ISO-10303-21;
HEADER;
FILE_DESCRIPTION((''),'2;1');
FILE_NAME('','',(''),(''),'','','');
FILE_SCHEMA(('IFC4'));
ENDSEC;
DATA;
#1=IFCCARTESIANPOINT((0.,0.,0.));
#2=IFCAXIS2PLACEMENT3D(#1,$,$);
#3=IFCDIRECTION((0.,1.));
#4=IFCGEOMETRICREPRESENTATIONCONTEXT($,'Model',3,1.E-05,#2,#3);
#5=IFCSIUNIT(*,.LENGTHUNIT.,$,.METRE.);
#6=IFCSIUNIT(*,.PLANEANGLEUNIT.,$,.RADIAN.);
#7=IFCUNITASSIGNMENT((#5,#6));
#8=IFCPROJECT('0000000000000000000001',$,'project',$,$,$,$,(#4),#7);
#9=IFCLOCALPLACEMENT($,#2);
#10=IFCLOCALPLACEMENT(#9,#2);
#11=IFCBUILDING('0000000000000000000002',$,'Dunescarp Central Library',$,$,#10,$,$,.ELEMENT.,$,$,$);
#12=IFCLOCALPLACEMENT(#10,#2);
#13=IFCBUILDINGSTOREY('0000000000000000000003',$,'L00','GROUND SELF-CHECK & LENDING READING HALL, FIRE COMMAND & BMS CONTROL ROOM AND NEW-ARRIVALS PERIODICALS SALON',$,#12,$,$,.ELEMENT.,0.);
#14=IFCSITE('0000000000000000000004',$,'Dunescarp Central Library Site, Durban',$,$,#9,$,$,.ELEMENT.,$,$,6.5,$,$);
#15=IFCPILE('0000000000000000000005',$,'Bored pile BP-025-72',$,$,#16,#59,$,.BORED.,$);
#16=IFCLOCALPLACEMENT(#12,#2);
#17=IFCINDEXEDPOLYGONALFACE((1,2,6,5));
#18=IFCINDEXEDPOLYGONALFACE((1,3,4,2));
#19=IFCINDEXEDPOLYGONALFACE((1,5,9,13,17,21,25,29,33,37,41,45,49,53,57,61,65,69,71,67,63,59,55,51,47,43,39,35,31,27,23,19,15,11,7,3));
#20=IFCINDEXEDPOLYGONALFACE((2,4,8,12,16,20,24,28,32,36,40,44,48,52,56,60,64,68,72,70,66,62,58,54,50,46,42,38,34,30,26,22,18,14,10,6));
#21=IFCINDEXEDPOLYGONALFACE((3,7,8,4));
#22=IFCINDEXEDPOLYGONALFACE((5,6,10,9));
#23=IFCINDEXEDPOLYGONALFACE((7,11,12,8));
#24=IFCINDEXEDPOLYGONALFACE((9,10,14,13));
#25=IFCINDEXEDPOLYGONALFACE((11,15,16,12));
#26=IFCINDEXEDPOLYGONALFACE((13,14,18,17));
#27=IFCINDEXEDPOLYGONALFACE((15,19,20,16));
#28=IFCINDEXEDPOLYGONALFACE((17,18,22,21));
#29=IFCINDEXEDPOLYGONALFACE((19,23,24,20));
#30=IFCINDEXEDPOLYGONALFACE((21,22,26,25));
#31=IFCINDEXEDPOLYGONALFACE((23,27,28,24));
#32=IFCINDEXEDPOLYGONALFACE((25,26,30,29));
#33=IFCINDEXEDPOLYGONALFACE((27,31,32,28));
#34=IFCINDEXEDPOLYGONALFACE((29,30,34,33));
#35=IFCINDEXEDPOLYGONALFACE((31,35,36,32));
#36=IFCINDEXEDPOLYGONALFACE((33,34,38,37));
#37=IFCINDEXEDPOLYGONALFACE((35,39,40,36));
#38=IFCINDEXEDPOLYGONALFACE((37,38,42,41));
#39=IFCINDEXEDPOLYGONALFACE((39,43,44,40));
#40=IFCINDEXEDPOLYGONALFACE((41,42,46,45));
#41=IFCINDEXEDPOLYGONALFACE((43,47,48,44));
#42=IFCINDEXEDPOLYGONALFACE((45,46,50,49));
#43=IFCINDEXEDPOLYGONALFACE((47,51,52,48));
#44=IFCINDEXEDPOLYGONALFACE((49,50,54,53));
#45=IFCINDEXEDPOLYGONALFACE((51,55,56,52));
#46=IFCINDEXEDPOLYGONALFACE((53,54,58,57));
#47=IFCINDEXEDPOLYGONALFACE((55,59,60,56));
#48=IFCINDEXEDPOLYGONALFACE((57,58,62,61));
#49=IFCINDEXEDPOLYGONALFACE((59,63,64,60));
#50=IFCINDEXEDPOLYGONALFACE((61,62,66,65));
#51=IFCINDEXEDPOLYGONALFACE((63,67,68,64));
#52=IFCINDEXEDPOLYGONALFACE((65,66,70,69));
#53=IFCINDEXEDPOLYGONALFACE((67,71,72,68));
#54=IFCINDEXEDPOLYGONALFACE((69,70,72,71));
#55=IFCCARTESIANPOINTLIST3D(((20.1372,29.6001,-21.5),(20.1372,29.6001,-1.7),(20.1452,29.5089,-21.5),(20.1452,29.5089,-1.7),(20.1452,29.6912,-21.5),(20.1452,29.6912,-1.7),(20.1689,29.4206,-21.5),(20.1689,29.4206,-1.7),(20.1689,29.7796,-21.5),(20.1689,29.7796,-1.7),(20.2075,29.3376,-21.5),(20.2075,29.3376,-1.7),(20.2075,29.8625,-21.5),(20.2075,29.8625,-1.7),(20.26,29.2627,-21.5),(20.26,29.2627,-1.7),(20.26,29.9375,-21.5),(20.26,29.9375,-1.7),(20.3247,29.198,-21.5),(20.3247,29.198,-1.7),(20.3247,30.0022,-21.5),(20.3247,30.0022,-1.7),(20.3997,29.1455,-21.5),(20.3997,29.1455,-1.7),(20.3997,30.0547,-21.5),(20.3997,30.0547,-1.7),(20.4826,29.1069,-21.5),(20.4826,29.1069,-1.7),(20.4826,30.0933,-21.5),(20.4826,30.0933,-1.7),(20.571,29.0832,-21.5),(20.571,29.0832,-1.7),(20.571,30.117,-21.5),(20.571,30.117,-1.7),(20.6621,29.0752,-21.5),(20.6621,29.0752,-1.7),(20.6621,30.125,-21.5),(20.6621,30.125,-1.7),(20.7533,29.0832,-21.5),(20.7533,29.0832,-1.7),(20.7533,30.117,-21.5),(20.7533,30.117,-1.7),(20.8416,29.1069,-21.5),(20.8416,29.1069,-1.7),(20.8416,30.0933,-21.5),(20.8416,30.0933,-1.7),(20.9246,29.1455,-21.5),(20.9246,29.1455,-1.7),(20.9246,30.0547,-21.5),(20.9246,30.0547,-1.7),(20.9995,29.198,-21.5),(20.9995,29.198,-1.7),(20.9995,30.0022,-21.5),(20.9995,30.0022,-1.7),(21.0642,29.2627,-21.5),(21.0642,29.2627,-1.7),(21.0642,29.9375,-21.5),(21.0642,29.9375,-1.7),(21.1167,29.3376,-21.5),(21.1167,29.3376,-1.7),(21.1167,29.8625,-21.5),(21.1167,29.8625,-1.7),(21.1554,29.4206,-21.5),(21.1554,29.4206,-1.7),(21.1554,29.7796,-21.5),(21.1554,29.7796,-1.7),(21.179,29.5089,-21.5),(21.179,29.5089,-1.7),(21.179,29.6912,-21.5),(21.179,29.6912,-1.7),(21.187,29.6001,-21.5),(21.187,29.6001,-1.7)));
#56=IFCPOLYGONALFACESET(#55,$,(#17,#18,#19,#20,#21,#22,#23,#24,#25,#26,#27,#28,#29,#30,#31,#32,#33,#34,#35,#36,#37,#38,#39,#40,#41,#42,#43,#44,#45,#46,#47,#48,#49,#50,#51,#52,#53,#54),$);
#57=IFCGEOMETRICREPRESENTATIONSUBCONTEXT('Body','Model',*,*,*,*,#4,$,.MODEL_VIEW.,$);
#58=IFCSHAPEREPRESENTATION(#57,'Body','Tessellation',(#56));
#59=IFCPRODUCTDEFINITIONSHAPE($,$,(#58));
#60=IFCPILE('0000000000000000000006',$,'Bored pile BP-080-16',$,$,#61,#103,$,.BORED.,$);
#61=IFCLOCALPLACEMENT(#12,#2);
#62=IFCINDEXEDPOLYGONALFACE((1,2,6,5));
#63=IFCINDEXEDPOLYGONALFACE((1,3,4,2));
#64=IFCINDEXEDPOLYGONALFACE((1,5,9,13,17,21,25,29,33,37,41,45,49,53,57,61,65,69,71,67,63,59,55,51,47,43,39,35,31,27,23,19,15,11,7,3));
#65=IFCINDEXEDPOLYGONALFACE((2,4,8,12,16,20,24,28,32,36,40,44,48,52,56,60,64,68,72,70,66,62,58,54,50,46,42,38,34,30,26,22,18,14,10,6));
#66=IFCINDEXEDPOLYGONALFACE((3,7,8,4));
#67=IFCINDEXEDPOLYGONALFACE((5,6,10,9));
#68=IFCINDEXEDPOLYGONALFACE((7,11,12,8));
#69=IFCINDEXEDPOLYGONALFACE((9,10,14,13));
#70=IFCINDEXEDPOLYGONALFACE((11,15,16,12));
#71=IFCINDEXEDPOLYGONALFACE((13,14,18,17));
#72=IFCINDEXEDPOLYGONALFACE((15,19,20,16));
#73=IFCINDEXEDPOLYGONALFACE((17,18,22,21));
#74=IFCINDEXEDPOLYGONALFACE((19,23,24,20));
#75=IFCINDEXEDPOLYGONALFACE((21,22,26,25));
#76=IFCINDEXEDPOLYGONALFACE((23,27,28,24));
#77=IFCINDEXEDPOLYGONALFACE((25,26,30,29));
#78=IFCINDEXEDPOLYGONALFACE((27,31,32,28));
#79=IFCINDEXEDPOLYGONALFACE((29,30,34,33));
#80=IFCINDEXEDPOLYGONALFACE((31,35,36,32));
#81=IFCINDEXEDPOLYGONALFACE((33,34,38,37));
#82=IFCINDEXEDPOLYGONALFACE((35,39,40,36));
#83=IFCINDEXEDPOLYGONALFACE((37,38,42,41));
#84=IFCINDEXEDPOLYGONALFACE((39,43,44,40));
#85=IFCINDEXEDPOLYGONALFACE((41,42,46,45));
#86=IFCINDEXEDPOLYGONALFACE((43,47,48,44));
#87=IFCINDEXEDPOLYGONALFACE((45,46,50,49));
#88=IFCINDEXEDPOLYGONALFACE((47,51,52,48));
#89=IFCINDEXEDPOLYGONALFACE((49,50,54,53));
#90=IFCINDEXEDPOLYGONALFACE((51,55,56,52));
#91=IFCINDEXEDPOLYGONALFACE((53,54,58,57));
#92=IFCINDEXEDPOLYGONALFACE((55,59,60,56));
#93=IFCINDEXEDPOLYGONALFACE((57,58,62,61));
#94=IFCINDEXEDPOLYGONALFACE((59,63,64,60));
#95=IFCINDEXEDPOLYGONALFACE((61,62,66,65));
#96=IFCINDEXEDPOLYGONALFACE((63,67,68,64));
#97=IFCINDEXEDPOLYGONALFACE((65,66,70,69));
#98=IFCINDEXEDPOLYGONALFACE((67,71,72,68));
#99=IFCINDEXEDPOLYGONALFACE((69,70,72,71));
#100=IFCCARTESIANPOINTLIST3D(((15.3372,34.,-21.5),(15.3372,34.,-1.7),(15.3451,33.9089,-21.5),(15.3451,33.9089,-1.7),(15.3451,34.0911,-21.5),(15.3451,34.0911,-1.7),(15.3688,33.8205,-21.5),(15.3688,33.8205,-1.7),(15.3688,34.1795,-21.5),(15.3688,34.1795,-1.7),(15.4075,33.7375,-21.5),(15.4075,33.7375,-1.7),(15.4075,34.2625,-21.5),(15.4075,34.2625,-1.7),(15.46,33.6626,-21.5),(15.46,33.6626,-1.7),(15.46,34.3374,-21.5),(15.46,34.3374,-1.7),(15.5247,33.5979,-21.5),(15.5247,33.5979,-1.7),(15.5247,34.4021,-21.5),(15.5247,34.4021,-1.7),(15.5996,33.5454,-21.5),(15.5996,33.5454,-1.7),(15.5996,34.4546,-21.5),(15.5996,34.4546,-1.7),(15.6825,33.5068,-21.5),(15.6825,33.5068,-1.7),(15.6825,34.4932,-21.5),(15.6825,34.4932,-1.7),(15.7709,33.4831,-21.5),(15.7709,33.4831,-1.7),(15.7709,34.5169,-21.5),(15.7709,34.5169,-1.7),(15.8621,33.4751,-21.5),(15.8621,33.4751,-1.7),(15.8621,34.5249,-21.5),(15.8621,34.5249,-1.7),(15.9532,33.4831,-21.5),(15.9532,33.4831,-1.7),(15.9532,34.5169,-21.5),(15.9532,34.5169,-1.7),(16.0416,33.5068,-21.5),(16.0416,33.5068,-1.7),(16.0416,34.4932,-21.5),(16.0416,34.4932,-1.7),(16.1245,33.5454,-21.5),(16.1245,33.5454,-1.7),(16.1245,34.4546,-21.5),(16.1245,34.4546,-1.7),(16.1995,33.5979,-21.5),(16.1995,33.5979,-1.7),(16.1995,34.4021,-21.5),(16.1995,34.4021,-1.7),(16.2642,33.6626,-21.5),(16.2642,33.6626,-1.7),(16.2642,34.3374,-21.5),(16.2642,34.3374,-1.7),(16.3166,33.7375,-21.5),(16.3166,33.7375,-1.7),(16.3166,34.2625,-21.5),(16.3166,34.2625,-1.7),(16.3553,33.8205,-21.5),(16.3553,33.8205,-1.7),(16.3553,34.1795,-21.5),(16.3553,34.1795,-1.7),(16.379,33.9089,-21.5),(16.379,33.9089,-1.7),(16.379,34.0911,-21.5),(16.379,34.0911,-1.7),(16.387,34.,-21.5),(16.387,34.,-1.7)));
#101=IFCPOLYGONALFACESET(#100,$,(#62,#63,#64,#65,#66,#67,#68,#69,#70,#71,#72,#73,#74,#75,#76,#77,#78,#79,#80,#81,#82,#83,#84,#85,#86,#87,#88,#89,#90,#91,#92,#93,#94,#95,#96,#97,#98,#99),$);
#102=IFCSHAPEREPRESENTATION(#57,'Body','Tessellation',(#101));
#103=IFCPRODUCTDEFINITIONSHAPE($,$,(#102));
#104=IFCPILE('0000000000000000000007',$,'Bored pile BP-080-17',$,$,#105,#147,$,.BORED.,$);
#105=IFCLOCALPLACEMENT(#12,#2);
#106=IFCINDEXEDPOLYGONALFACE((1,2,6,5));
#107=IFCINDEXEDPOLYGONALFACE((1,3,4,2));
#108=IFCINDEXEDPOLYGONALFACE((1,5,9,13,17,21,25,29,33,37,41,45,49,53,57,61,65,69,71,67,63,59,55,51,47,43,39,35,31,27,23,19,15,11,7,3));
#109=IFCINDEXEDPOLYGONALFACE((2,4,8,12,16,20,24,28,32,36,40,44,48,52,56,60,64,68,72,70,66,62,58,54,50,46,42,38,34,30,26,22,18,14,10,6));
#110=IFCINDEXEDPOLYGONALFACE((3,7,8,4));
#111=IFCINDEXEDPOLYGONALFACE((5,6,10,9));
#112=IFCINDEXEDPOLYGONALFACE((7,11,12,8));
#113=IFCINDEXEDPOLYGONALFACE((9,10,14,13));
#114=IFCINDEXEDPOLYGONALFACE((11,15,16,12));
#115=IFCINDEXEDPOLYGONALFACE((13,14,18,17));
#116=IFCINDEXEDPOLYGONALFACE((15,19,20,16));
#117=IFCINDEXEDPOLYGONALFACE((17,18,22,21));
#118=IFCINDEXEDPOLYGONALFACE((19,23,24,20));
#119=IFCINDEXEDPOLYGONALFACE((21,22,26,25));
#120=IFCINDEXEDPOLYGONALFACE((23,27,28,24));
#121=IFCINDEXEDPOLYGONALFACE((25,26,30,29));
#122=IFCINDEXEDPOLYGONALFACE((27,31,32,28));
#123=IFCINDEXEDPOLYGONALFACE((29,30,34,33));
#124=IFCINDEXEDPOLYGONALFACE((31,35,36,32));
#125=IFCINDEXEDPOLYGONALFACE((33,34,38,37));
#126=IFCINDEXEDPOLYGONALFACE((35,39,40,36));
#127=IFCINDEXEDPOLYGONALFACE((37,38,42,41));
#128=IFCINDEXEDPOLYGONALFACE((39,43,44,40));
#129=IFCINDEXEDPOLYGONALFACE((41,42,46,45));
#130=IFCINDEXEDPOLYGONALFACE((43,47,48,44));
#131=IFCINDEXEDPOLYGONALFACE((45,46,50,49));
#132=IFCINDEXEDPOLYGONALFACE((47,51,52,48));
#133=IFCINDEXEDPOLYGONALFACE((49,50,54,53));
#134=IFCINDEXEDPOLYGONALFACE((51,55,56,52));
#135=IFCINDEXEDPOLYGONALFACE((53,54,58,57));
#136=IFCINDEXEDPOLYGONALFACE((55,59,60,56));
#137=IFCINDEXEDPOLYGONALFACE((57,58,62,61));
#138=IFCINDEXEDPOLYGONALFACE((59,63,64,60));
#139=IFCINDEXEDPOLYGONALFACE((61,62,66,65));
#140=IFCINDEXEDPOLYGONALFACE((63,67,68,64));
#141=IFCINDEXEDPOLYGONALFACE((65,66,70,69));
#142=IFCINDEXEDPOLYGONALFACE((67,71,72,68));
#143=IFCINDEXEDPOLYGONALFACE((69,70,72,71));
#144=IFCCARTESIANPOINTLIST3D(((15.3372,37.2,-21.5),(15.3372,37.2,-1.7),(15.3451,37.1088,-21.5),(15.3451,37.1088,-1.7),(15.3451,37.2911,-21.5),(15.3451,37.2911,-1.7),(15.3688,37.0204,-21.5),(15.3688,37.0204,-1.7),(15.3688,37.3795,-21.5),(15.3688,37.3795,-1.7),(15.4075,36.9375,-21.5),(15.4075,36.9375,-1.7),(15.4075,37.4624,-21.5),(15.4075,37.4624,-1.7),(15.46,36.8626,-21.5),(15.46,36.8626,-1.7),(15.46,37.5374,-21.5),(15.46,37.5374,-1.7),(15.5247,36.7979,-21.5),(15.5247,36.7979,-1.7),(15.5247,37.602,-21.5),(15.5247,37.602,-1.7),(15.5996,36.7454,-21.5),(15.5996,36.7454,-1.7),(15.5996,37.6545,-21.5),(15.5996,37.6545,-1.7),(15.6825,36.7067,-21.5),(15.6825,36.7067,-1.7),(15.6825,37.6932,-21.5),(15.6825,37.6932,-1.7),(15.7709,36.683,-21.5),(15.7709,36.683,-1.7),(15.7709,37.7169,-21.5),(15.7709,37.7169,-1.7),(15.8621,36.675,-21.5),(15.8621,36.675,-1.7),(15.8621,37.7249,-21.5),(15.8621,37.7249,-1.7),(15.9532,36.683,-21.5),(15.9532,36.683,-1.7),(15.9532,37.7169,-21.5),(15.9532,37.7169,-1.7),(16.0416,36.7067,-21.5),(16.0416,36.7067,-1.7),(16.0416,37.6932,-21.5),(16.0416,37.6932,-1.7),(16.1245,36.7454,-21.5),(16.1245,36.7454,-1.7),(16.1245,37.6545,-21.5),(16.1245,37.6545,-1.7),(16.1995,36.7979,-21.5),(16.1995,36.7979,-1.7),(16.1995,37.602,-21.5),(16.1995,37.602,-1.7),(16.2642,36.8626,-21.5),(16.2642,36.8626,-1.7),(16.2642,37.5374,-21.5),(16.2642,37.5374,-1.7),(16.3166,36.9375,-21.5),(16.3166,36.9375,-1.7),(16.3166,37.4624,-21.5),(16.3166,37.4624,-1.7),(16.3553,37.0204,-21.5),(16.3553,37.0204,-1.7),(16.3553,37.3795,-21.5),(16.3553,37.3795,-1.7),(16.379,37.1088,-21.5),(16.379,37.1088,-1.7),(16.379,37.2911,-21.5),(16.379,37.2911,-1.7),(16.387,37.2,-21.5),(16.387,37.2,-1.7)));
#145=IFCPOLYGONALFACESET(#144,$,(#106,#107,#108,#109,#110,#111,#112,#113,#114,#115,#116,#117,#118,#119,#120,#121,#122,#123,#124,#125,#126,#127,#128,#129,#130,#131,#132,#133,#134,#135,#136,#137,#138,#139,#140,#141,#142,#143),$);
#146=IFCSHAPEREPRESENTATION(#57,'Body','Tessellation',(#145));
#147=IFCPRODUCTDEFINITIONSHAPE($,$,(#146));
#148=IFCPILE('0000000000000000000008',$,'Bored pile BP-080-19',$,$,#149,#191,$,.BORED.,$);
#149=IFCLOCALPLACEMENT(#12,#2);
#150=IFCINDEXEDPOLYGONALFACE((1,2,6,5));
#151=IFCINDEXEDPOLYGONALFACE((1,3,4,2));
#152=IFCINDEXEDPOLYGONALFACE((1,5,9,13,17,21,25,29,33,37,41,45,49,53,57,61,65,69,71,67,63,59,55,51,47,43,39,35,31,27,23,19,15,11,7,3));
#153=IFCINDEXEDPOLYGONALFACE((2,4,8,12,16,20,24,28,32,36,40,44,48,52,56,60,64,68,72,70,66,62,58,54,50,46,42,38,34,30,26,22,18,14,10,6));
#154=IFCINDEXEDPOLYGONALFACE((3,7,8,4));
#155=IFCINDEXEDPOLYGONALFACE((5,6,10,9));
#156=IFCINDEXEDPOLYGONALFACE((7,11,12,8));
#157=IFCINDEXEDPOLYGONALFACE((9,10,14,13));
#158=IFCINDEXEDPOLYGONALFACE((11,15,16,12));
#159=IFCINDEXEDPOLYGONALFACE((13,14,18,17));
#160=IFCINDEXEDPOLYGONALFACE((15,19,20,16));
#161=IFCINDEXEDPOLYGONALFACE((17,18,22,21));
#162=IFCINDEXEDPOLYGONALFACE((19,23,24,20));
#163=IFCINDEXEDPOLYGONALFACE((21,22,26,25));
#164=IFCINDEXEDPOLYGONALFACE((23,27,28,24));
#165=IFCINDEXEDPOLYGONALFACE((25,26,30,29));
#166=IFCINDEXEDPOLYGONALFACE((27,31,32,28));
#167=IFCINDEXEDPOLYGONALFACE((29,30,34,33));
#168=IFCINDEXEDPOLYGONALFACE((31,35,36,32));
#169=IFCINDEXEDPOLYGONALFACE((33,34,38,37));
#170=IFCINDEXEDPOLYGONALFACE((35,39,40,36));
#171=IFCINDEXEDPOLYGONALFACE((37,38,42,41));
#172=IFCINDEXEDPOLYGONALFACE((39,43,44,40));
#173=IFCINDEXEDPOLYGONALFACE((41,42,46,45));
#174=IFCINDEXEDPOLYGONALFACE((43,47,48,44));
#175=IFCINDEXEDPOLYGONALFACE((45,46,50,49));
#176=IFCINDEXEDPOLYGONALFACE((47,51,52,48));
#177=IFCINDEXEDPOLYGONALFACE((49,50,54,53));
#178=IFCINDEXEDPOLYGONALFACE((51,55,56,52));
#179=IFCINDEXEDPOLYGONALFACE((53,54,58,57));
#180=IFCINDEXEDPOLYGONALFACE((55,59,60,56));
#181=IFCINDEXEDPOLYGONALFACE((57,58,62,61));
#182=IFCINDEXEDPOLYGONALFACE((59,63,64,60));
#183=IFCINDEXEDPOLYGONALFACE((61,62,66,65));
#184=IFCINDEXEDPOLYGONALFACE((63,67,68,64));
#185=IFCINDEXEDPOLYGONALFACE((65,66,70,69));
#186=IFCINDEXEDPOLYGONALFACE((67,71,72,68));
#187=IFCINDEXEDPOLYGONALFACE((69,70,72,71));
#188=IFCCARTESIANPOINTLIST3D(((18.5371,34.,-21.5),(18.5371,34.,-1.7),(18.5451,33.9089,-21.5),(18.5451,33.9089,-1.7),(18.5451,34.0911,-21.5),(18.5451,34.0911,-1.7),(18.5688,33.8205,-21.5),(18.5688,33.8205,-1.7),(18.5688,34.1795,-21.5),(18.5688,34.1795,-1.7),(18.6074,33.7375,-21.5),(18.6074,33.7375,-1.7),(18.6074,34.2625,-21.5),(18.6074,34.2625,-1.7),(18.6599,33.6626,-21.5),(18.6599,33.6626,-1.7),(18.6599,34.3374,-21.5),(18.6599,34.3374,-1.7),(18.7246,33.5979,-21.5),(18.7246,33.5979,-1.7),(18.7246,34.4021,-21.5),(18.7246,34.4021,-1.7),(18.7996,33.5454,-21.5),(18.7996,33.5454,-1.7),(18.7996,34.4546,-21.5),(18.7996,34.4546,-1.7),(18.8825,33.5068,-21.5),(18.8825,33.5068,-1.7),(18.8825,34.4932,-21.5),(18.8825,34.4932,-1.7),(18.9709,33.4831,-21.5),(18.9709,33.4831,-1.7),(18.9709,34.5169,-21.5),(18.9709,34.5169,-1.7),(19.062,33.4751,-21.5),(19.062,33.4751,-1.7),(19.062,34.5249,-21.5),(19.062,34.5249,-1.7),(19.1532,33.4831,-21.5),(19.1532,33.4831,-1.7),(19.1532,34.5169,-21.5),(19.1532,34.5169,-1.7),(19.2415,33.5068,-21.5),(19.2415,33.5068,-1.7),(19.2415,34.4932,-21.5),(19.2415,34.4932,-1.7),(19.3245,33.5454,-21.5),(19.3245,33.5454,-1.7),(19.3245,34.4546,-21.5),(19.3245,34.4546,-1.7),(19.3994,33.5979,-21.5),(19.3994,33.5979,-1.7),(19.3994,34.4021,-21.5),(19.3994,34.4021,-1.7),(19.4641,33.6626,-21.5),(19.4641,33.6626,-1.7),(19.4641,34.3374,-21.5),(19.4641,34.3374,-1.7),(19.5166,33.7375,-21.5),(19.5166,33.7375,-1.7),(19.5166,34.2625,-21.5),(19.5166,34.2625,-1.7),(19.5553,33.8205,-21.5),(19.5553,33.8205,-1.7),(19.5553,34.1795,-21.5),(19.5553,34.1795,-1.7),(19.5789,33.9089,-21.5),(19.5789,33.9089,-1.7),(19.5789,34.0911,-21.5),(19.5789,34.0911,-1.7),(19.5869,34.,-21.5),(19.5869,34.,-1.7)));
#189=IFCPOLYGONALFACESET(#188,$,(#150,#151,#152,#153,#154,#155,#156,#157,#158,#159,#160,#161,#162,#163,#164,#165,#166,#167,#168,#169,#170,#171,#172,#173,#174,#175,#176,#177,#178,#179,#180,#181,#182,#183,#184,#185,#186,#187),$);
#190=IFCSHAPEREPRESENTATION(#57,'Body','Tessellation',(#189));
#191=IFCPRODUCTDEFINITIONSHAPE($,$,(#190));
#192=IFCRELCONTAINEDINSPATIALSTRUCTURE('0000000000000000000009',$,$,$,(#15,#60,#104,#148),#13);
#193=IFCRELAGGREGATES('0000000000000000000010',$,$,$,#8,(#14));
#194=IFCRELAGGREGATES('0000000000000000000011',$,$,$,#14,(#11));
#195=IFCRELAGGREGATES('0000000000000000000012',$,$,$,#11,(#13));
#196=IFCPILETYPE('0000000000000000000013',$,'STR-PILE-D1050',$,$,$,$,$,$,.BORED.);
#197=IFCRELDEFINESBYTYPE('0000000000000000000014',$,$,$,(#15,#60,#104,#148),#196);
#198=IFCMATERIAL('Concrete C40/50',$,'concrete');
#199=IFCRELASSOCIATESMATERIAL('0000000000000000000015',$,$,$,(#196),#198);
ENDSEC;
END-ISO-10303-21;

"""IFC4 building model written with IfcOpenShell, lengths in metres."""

from ifc_helpers import new_model, si_unit, direction, frame, origin, origin_2d, place, context, subcontext, project, spatial, circle, extrude, material, material_profile, profile_set, type_object, element, save


model = new_model("IFC4")

# Units and contexts
model_context = context("Model", 3, precision=1e-05, world=origin(), true_north=direction((0.0, 1.0)))
body_context = subcontext(model_context, "Body", "Model", "MODEL_VIEW")
ifc_project = project(units=[si_unit("LENGTHUNIT", "METRE"), si_unit("PLANEANGLEUNIT", "RADIAN")], contexts=[model_context])

# Site, building, storey
site_placement = place(None, origin())
site = spatial("IfcSite", under=ifc_project, at=site_placement, Name="Dunescarp Central Library Site, Durban", CompositionType="ELEMENT", RefElevation=6.5)
building_placement = place(site_placement, origin())
building = spatial("IfcBuilding", under=site, at=building_placement, Name="Dunescarp Central Library", CompositionType="ELEMENT")
storey_placement = place(building_placement, origin())
storey = spatial("IfcBuildingStorey", under=building, at=storey_placement, Name="L00", Description="GROUND SELF-CHECK & LENDING READING HALL, FIRE COMMAND & BMS CONTROL ROOM AND NEW-ARRIVALS PERIODICALS SALON", CompositionType="ELEMENT", Elevation=0.0)

# Shared definitions
ifc_material_1 = material(Name="Concrete C40/50", Category="concrete")

# Piles
ifc_material_profile_1 = material_profile(ifc_material_1, circle(Radius=0.5249, at=origin_2d()), Name="PILE D1050")
ifc_profile_set_1 = profile_set([ifc_material_profile_1], Name="Concrete C40/50")
pile_type = type_object("IfcPileType", Name="STR-PILE-D1050", PredefinedType="BORED", material=ifc_profile_set_1)
for number, where, z_axis, x_axis, name in (
    (1, (20.6621, 29.6001, -1.7), (0.0, 0.0, -1.0), (1.0, 0.0, 0.0), "Bored pile BP-025-72"),
    (2, (15.8621, 34.0, -1.7), (0.0, 0.0, -1.0), (1.0, 0.0, 0.0), "Bored pile BP-080-16"),
    (3, (15.8621, 37.2, -1.7), (0.0, 0.0, -1.0), (1.0, 0.0, 0.0), "Bored pile BP-080-17"),
    (4, (19.062, 34.0, -1.7), (0.0, 0.0, -1.0), (1.0, 0.0, 0.0), "Bored pile BP-080-19"),
):
    element("IfcPile", number, at=place(storey_placement, frame(where, z_axis=z_axis, x_axis=x_axis)), inside=storey, type_object=pile_type, Name=name, PredefinedType="BORED", context=body_context, shape_type="SweptSolid", body=[
        extrude(circle(Radius=0.5249, at=origin_2d()), origin(), (0.0, 0.0, 1.0), 19.8),
    ])

save(model, "model.ifc")
